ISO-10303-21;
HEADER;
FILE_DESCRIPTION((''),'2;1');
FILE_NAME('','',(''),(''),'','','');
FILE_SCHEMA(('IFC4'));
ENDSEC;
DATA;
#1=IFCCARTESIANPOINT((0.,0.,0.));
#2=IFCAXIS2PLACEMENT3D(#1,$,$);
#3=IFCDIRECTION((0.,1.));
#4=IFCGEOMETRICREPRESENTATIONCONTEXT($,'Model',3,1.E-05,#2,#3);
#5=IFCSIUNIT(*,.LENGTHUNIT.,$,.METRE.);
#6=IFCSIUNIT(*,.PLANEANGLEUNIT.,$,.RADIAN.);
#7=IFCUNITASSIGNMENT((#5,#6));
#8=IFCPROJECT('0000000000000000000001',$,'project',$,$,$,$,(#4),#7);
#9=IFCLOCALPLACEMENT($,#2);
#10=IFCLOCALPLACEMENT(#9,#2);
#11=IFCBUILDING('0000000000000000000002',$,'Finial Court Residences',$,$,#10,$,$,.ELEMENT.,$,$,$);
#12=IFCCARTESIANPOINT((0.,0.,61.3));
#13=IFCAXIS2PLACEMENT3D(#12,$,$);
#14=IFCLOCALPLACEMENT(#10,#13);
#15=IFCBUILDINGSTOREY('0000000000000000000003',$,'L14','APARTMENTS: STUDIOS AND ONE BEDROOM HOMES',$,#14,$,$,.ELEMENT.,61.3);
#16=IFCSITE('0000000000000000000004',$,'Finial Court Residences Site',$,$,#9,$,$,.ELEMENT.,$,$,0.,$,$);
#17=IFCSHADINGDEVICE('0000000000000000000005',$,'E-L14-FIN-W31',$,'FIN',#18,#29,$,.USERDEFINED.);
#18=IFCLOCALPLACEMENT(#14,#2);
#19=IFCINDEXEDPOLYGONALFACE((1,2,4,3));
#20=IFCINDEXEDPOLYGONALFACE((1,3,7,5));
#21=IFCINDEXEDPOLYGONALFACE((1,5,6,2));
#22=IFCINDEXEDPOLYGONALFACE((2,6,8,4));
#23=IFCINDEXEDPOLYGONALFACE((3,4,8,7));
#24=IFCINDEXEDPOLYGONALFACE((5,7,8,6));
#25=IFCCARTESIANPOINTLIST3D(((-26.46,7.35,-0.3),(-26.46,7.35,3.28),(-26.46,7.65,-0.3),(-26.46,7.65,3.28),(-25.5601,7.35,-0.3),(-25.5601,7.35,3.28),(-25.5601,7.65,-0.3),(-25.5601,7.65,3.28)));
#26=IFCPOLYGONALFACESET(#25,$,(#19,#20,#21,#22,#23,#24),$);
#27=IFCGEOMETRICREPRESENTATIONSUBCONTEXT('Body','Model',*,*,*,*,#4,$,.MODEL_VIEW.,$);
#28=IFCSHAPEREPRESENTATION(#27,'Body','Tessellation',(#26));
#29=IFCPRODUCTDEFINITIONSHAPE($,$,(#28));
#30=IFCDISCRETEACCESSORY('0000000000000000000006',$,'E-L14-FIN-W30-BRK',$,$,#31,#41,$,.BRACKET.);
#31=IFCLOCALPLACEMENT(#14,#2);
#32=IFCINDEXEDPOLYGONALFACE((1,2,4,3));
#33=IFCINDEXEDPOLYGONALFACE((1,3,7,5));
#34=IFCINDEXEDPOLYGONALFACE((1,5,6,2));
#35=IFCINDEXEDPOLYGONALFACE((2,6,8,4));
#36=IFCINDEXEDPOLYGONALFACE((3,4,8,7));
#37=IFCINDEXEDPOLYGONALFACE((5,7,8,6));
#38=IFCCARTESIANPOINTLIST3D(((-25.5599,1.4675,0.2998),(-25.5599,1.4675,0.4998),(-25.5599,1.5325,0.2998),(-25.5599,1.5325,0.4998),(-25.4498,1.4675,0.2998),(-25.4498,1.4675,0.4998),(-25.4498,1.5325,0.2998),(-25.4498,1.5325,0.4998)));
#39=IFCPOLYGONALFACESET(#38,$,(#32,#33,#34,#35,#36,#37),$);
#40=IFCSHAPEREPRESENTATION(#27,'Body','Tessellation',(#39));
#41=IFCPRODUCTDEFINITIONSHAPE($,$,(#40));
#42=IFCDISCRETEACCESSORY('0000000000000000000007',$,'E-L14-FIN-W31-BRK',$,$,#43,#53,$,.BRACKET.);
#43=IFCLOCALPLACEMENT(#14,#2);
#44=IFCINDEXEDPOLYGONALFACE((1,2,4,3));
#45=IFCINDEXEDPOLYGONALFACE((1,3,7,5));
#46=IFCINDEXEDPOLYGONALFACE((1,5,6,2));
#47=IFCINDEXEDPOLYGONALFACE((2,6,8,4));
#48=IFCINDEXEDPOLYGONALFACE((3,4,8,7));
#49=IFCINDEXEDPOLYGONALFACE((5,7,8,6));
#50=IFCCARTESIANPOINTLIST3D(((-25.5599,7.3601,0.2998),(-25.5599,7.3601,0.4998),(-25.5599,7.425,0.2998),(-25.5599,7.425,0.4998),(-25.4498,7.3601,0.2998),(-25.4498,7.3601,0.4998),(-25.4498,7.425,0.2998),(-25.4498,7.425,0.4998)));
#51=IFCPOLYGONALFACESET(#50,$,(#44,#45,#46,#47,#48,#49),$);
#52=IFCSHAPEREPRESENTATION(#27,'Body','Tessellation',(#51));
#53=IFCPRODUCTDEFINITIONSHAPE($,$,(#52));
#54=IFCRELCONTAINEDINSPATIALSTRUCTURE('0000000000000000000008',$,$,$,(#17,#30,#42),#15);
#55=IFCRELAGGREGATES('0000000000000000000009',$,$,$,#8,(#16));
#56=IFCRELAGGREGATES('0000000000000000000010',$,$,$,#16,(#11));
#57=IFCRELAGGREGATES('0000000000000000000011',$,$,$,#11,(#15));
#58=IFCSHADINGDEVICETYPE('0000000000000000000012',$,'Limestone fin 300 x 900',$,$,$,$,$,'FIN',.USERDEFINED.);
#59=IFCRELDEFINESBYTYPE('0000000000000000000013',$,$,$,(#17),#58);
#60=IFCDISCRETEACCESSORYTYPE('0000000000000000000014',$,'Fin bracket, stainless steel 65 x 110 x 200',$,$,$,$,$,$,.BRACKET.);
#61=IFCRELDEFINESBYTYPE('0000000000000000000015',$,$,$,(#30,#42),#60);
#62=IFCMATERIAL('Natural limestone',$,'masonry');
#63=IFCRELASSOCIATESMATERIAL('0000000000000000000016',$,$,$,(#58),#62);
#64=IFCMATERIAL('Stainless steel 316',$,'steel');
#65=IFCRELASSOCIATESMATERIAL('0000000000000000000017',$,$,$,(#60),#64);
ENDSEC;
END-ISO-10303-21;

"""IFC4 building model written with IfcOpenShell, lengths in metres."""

from ifc_helpers import new_model, si_unit, direction, frame, origin, origin_2d, place, context, subcontext, project, spatial, rectangle, extrude, material, type_object, element, save


model = new_model("IFC4")

# Units and contexts
model_context = context("Model", 3, precision=1e-05, world=origin(), true_north=direction((0.0, 1.0)))
body_context = subcontext(model_context, "Body", "Model", "MODEL_VIEW")
ifc_project = project(units=[si_unit("LENGTHUNIT", "METRE"), si_unit("PLANEANGLEUNIT", "RADIAN")], contexts=[model_context])

# Site, building, storey
site_placement = place(None, origin())
site = spatial("IfcSite", under=ifc_project, at=site_placement, Name="Finial Court Residences Site", CompositionType="ELEMENT", RefElevation=0.0)
building_placement = place(site_placement, origin())
building = spatial("IfcBuilding", under=site, at=building_placement, Name="Finial Court Residences", CompositionType="ELEMENT")
storey_placement = place(building_placement, frame((0.0, 0.0, 61.3)))
storey = spatial("IfcBuildingStorey", under=building, at=storey_placement, Name="L14", Description="APARTMENTS: STUDIOS AND ONE BEDROOM HOMES", CompositionType="ELEMENT", Elevation=61.3)

# Shared definitions
ifc_material_1 = material(Name="Natural limestone", Category="masonry")

# Shading device
shading_device_type = type_object("IfcShadingDeviceType", Name="Limestone fin 300 x 900", ElementType="FIN", PredefinedType="USERDEFINED", material=ifc_material_1)
shading_device_1_placement = place(storey_placement, frame((-26.01, 7.5, -0.3), z_axis=(0.0, 0.0, 1.0), x_axis=(1.0, 0.0, 0.0)))
element("IfcShadingDevice", 1, at=shading_device_1_placement, inside=storey, type_object=shading_device_type, Name="E-L14-FIN-W31", ObjectType="FIN", PredefinedType="USERDEFINED", context=body_context, shape_type="SweptSolid", body=[
    extrude(rectangle(XDim=0.8999, YDim=0.3, at=origin_2d()), origin(), (0.0, 0.0, 1.0), 3.5801),
])

# Discrete accessories
ifc_material_2 = material(Name="Stainless steel 316", Category="steel")
discrete_accessory_type = type_object("IfcDiscreteAccessoryType", Name="Fin bracket, stainless steel 65 x 110 x 200", PredefinedType="BRACKET", material=ifc_material_2)
for number, where, z_axis, x_axis, name in (
    (2, (-25.5049, 1.5, 0.2998), (0.0, 0.0, 1.0), (1.0, 0.0, 0.0), "E-L14-FIN-W30-BRK"),
    (3, (-25.5049, 7.3926, 0.2998), (0.0, 0.0, 1.0), (1.0, 0.0, 0.0), "E-L14-FIN-W31-BRK"),
):
    element("IfcDiscreteAccessory", number, at=place(storey_placement, frame(where, z_axis=z_axis, x_axis=x_axis)), inside=storey, type_object=discrete_accessory_type, Name=name, PredefinedType="BRACKET", context=body_context, shape_type="SweptSolid", body=[
        extrude(rectangle(XDim=0.1101, YDim=0.0649, at=origin_2d()), origin(), (0.0, 0.0, 1.0), 0.2),
    ])

save(model, "model.ifc")
